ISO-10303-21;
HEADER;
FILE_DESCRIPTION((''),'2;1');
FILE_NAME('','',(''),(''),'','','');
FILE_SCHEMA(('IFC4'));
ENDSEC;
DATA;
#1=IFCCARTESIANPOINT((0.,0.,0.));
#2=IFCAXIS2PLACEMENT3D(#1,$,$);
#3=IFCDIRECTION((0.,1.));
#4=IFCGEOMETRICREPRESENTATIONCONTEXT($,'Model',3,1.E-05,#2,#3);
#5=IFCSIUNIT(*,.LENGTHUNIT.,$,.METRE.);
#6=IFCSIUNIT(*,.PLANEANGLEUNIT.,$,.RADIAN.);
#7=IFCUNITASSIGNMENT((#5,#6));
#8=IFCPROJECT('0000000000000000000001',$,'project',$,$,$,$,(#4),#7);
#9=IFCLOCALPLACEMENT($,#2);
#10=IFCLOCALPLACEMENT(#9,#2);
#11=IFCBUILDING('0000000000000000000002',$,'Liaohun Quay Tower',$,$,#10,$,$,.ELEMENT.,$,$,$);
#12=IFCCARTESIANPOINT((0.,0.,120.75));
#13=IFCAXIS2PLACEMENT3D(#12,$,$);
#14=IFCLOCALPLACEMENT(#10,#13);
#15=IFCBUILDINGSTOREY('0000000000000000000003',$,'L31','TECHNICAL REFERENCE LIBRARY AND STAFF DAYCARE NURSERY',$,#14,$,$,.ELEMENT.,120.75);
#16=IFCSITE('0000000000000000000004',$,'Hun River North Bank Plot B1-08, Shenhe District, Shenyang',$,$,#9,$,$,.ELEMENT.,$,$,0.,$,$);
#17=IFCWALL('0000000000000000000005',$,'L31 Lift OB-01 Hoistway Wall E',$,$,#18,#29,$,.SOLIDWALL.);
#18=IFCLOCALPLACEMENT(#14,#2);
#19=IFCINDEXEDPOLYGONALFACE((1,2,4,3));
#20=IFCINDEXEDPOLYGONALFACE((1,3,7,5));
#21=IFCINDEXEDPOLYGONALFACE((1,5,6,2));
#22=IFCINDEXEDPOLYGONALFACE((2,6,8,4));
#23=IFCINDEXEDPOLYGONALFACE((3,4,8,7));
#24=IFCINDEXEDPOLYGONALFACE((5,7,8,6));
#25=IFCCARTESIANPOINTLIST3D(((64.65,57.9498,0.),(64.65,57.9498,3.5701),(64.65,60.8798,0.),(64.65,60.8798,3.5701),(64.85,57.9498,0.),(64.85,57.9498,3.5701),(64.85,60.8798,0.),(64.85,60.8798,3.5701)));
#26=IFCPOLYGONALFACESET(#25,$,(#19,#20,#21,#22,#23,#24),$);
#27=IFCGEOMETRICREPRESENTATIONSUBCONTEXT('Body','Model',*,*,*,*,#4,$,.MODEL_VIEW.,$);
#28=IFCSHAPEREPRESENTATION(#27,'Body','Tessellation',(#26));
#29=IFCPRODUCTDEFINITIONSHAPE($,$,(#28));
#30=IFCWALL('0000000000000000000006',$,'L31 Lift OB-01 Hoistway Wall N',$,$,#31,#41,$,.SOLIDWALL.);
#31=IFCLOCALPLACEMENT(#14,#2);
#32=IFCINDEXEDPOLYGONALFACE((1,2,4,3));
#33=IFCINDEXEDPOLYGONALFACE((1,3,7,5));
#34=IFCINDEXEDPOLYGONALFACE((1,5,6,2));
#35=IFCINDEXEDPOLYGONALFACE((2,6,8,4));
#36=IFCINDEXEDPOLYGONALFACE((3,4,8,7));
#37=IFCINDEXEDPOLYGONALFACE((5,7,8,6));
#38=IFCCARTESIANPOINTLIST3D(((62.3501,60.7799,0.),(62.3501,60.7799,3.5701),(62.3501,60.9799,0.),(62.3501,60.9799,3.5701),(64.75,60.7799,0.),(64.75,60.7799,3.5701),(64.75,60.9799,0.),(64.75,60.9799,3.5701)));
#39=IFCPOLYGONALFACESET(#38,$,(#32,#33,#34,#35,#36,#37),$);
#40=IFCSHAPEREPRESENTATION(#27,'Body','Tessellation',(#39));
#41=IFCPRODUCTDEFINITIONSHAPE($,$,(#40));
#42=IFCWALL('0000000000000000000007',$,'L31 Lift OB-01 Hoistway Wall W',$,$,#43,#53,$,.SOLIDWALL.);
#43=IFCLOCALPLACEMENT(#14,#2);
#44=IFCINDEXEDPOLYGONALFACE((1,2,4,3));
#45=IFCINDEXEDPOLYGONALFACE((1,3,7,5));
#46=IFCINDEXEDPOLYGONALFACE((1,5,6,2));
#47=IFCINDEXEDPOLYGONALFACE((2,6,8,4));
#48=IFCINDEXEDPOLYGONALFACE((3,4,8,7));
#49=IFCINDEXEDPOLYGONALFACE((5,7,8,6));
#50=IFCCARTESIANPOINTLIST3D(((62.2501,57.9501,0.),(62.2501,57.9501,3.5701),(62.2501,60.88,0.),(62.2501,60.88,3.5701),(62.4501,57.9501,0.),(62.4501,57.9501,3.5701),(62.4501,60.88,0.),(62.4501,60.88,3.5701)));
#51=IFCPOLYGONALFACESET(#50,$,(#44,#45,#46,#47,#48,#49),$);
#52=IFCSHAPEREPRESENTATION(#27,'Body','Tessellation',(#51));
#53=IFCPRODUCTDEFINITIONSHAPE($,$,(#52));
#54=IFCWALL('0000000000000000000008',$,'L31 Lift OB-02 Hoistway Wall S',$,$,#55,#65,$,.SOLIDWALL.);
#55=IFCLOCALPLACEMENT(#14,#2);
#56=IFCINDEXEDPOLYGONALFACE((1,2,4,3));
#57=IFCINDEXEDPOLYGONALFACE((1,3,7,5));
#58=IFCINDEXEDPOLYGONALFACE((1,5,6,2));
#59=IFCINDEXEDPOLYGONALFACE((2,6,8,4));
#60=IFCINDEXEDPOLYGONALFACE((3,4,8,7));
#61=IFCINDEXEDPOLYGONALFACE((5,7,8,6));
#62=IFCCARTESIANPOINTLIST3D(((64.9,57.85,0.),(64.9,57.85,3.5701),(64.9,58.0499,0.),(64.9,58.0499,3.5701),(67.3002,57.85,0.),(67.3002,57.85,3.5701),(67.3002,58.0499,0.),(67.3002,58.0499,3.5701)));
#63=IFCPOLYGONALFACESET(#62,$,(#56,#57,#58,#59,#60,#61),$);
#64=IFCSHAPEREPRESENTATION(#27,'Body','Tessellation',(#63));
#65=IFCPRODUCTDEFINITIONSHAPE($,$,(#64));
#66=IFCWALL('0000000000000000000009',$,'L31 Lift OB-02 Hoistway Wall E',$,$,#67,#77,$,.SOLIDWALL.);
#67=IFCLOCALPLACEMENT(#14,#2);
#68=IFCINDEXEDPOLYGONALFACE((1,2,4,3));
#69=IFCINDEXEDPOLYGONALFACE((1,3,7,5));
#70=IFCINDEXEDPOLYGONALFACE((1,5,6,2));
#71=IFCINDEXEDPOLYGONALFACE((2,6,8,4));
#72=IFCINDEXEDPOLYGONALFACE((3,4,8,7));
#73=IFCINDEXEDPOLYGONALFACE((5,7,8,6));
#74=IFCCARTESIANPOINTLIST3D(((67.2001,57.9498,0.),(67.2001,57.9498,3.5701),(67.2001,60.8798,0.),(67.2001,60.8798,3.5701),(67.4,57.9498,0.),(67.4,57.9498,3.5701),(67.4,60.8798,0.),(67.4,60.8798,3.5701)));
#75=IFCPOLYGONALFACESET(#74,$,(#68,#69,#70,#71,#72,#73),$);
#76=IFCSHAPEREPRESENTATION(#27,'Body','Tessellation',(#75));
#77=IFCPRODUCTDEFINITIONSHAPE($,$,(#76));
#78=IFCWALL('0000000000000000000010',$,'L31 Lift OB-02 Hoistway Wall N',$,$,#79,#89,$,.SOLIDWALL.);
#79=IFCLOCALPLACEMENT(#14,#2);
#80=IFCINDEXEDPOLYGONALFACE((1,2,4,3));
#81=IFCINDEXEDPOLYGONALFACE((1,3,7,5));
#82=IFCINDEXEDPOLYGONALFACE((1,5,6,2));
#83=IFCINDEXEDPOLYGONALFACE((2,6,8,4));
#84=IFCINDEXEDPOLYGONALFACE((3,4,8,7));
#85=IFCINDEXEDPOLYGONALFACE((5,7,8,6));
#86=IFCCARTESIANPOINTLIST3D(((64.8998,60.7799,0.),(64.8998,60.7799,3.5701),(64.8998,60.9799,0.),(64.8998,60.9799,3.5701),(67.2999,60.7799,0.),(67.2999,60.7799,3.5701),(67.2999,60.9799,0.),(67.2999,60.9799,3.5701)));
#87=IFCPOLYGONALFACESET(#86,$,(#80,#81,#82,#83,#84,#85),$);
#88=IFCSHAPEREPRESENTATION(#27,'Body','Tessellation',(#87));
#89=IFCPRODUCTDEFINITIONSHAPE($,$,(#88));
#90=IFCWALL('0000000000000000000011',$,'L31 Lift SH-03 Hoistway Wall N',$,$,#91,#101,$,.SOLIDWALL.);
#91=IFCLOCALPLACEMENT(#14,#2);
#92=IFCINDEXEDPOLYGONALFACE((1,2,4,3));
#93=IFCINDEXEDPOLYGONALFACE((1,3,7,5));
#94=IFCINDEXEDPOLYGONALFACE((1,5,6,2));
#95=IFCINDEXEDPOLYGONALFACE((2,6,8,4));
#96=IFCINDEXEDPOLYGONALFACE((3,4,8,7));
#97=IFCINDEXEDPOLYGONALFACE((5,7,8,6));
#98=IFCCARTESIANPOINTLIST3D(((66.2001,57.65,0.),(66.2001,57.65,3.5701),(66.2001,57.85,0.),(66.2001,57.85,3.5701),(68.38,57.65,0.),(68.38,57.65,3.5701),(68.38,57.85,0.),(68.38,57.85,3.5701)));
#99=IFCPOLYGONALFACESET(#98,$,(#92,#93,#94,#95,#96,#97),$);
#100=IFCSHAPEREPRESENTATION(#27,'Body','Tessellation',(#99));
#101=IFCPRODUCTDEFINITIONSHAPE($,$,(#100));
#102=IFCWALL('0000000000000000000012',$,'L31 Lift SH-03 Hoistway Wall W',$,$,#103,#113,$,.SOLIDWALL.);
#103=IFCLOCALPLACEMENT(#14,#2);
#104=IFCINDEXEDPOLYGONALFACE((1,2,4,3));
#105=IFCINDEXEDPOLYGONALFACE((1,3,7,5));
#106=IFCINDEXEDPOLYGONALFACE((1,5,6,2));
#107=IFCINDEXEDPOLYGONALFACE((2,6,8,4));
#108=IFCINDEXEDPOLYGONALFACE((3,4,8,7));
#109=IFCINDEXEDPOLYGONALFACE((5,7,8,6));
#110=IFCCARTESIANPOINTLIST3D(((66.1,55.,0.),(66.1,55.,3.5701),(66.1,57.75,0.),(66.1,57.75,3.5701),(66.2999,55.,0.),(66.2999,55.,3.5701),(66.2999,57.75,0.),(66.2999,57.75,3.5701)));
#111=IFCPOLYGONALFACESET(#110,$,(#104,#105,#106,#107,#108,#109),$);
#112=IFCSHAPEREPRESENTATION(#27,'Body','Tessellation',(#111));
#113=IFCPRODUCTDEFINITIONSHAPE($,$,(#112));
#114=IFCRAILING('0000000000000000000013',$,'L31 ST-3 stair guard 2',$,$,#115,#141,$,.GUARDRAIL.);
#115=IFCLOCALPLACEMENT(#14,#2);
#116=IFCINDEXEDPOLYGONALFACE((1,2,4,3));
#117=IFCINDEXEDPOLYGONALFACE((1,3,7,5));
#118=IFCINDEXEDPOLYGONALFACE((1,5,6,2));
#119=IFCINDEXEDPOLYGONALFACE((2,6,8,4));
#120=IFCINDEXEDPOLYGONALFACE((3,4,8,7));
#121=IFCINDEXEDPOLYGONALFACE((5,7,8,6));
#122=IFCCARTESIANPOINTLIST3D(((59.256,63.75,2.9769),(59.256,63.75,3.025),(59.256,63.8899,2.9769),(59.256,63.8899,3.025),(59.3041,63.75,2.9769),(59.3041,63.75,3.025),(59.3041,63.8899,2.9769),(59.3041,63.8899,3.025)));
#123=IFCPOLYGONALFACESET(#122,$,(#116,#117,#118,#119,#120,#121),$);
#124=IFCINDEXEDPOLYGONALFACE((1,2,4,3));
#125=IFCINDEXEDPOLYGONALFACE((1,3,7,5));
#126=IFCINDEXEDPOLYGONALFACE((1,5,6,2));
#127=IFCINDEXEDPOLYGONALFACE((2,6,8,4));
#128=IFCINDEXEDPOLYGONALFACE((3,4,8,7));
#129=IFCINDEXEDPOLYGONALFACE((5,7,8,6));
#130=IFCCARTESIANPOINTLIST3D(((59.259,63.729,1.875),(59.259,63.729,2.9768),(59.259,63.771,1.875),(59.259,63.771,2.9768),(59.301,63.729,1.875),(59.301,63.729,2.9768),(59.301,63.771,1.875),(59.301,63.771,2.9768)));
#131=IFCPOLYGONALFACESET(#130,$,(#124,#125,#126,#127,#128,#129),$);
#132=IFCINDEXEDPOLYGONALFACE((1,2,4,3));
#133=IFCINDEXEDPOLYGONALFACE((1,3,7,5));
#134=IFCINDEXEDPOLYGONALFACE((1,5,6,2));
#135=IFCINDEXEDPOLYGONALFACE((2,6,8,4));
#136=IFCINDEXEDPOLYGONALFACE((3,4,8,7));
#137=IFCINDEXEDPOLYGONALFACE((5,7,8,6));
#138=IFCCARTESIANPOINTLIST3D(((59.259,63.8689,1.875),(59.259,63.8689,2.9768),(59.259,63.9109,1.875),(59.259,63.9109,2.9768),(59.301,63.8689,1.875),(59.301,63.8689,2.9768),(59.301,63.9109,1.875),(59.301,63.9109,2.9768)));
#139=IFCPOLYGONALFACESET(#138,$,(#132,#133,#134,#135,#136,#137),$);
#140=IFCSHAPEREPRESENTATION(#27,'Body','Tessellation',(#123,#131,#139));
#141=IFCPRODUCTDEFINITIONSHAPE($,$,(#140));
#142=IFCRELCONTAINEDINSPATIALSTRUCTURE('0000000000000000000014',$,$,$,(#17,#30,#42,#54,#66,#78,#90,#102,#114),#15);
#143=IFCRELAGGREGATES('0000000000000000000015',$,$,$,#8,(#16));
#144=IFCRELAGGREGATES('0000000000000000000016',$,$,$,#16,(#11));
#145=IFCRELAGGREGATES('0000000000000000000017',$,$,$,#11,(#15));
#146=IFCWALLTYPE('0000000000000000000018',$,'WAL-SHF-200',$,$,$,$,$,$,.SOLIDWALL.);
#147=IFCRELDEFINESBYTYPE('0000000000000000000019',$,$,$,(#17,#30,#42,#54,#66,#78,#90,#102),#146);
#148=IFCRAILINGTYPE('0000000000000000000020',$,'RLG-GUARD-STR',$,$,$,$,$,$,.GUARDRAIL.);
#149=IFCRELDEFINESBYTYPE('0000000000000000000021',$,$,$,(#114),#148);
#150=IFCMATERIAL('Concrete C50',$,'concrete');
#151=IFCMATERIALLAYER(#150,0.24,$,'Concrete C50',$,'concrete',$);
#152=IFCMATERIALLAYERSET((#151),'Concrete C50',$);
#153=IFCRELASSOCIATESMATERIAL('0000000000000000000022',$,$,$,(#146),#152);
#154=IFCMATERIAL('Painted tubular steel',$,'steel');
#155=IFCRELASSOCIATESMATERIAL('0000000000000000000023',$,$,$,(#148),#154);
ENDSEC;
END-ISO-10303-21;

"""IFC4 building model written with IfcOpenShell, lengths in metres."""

from ifc_helpers import new_model, si_unit, direction, frame, frame_2d, origin, origin_2d, place, context, subcontext, project, spatial, rectangle, extrude, material, layer, layer_set, type_object, element, save


model = new_model("IFC4")

# Units and contexts
model_context = context("Model", 3, precision=1e-05, world=origin(), true_north=direction((0.0, 1.0)))
body_context = subcontext(model_context, "Body", "Model", "MODEL_VIEW")
ifc_project = project(units=[si_unit("LENGTHUNIT", "METRE"), si_unit("PLANEANGLEUNIT", "RADIAN")], contexts=[model_context])

# Site, building, storey
site_placement = place(None, origin())
site = spatial("IfcSite", under=ifc_project, at=site_placement, Name="Hun River North Bank Plot B1-08, Shenhe District, Shenyang", CompositionType="ELEMENT", RefElevation=0.0)
building_placement = place(site_placement, origin())
building = spatial("IfcBuilding", under=site, at=building_placement, Name="Liaohun Quay Tower", CompositionType="ELEMENT")
storey_placement = place(building_placement, frame((0.0, 0.0, 120.75)))
storey = spatial("IfcBuildingStorey", under=building, at=storey_placement, Name="L31", Description="TECHNICAL REFERENCE LIBRARY AND STAFF DAYCARE NURSERY", CompositionType="ELEMENT", Elevation=120.75)

# Shared definitions
ifc_material_1 = material(Name="Concrete C50", Category="concrete")
ifc_layer_1 = layer(ifc_material_1, 0.24, Name="Concrete C50", Category="concrete")
ifc_layer_set_1 = layer_set([ifc_layer_1], Name="Concrete C50")
wall_type_1 = type_object("IfcWallType", Name="WAL-SHF-200", PredefinedType="SOLIDWALL", material=ifc_layer_set_1)

# Walls
wall_1_placement = place(storey_placement, frame((64.75, 57.95, 0.0), z_axis=(0.0, 0.0, 1.0), x_axis=(0.0, 1.0, 0.0)))
element("IfcWall", 1, at=wall_1_placement, inside=storey, type_object=wall_type_1, Name="L31 Lift OB-01 Hoistway Wall E", PredefinedType="SOLIDWALL", context=body_context, shape_type="SweptSolid", body=[
    extrude(rectangle(XDim=2.9299, YDim=0.2, at=frame_2d((1.4648, 0.0))), origin(), (0.0, 0.0, 1.0), 3.5701),
])
wall_2_placement = place(storey_placement, frame((64.75, 60.8799, 0.0), z_axis=(0.0, 0.0, 1.0), x_axis=(-1.0, 0.0, 0.0)))
element("IfcWall", 2, at=wall_2_placement, inside=storey, type_object=wall_type_1, Name="L31 Lift OB-01 Hoistway Wall N", PredefinedType="SOLIDWALL", context=body_context, shape_type="SweptSolid", body=[
    extrude(rectangle(XDim=2.3999, YDim=0.2, at=frame_2d((1.2, 0.0))), origin(), (0.0, 0.0, 1.0), 3.5701),
])
wall_3_placement = place(storey_placement, frame((62.3501, 60.8799, 0.0), z_axis=(0.0, 0.0, 1.0), x_axis=(0.0, -1.0, 0.0)))
element("IfcWall", 3, at=wall_3_placement, inside=storey, type_object=wall_type_1, Name="L31 Lift OB-01 Hoistway Wall W", PredefinedType="SOLIDWALL", context=body_context, shape_type="SweptSolid", body=[
    extrude(rectangle(XDim=2.9299, YDim=0.2, at=frame_2d((1.4648, 0.0))), origin(), (0.0, 0.0, 1.0), 3.5701),
])
wall_4_placement = place(storey_placement, frame((64.8999, 57.95, 0.0), z_axis=(0.0, 0.0, 1.0), x_axis=(1.0, 0.0, 0.0)))
element("IfcWall", 4, at=wall_4_placement, inside=storey, type_object=wall_type_1, Name="L31 Lift OB-02 Hoistway Wall S", PredefinedType="SOLIDWALL", context=body_context, shape_type="SweptSolid", body=[
    extrude(rectangle(XDim=2.4001, YDim=0.2, at=frame_2d((1.2002, 0.0))), origin(), (0.0, 0.0, 1.0), 3.5701),
])
wall_5_placement = place(storey_placement, frame((67.3, 57.95, 0.0), z_axis=(0.0, 0.0, 1.0), x_axis=(0.0, 1.0, 0.0)))
element("IfcWall", 5, at=wall_5_placement, inside=storey, type_object=wall_type_1, Name="L31 Lift OB-02 Hoistway Wall E", PredefinedType="SOLIDWALL", context=body_context, shape_type="SweptSolid", body=[
    extrude(rectangle(XDim=2.9299, YDim=0.2, at=frame_2d((1.4648, 0.0))), origin(), (0.0, 0.0, 1.0), 3.5701),
])
wall_6_placement = place(storey_placement, frame((67.3, 60.8799, 0.0), z_axis=(0.0, 0.0, 1.0), x_axis=(-1.0, 0.0, 0.0)))
element("IfcWall", 6, at=wall_6_placement, inside=storey, type_object=wall_type_1, Name="L31 Lift OB-02 Hoistway Wall N", PredefinedType="SOLIDWALL", context=body_context, shape_type="SweptSolid", body=[
    extrude(rectangle(XDim=2.4001, YDim=0.2, at=frame_2d((1.2002, 0.0))), origin(), (0.0, 0.0, 1.0), 3.5701),
])
wall_7_placement = place(storey_placement, frame((68.3799, 57.75, 0.0), z_axis=(0.0, 0.0, 1.0), x_axis=(-1.0, 0.0, 0.0)))
element("IfcWall", 7, at=wall_7_placement, inside=storey, type_object=wall_type_1, Name="L31 Lift SH-03 Hoistway Wall N", PredefinedType="SOLIDWALL", context=body_context, shape_type="SweptSolid", body=[
    extrude(rectangle(XDim=2.1799, YDim=0.2, at=frame_2d((1.0898, 0.0))), origin(), (0.0, 0.0, 1.0), 3.5701),
])
wall_8_placement = place(storey_placement, frame((66.2, 57.75, 0.0), z_axis=(0.0, 0.0, 1.0), x_axis=(0.0, -1.0, 0.0)))
element("IfcWall", 8, at=wall_8_placement, inside=storey, type_object=wall_type_1, Name="L31 Lift SH-03 Hoistway Wall W", PredefinedType="SOLIDWALL", context=body_context, shape_type="SweptSolid", body=[
    extrude(rectangle(XDim=2.75, YDim=0.2, at=frame_2d((1.375, 0.0))), origin(), (0.0, 0.0, 1.0), 3.5701),
])

# Railing
ifc_material_2 = material(Name="Painted tubular steel", Category="steel")
railing_type = type_object("IfcRailingType", Name="RLG-GUARD-STR", PredefinedType="GUARDRAIL", material=ifc_material_2)
railing_placement = place(storey_placement, frame((59.28, 63.75, 1.875)))
element("IfcRailing", 9, at=railing_placement, inside=storey, type_object=railing_type, Name="L31 ST-3 stair guard 2", PredefinedType="GUARDRAIL", context=body_context, shape_type="SweptSolid", body=[
    extrude(rectangle(XDim=0.0481, YDim=0.0481, at=origin_2d()), frame((0.0, 0.0, 1.126), z_axis=(0.0, 1.0, 0.0), x_axis=(-1.0, 0.0, 0.0)), (0.0, 0.0, 1.0), 0.1399),
    extrude(rectangle(XDim=0.042, YDim=0.042, at=origin_2d()), origin(), (0.0, 0.0, 1.0), 1.1018),
    extrude(rectangle(XDim=0.042, YDim=0.042, at=origin_2d()), frame((0.0, 0.1399, 0.0)), (0.0, 0.0, 1.0), 1.1018),
])

save(model, "model.ifc")
